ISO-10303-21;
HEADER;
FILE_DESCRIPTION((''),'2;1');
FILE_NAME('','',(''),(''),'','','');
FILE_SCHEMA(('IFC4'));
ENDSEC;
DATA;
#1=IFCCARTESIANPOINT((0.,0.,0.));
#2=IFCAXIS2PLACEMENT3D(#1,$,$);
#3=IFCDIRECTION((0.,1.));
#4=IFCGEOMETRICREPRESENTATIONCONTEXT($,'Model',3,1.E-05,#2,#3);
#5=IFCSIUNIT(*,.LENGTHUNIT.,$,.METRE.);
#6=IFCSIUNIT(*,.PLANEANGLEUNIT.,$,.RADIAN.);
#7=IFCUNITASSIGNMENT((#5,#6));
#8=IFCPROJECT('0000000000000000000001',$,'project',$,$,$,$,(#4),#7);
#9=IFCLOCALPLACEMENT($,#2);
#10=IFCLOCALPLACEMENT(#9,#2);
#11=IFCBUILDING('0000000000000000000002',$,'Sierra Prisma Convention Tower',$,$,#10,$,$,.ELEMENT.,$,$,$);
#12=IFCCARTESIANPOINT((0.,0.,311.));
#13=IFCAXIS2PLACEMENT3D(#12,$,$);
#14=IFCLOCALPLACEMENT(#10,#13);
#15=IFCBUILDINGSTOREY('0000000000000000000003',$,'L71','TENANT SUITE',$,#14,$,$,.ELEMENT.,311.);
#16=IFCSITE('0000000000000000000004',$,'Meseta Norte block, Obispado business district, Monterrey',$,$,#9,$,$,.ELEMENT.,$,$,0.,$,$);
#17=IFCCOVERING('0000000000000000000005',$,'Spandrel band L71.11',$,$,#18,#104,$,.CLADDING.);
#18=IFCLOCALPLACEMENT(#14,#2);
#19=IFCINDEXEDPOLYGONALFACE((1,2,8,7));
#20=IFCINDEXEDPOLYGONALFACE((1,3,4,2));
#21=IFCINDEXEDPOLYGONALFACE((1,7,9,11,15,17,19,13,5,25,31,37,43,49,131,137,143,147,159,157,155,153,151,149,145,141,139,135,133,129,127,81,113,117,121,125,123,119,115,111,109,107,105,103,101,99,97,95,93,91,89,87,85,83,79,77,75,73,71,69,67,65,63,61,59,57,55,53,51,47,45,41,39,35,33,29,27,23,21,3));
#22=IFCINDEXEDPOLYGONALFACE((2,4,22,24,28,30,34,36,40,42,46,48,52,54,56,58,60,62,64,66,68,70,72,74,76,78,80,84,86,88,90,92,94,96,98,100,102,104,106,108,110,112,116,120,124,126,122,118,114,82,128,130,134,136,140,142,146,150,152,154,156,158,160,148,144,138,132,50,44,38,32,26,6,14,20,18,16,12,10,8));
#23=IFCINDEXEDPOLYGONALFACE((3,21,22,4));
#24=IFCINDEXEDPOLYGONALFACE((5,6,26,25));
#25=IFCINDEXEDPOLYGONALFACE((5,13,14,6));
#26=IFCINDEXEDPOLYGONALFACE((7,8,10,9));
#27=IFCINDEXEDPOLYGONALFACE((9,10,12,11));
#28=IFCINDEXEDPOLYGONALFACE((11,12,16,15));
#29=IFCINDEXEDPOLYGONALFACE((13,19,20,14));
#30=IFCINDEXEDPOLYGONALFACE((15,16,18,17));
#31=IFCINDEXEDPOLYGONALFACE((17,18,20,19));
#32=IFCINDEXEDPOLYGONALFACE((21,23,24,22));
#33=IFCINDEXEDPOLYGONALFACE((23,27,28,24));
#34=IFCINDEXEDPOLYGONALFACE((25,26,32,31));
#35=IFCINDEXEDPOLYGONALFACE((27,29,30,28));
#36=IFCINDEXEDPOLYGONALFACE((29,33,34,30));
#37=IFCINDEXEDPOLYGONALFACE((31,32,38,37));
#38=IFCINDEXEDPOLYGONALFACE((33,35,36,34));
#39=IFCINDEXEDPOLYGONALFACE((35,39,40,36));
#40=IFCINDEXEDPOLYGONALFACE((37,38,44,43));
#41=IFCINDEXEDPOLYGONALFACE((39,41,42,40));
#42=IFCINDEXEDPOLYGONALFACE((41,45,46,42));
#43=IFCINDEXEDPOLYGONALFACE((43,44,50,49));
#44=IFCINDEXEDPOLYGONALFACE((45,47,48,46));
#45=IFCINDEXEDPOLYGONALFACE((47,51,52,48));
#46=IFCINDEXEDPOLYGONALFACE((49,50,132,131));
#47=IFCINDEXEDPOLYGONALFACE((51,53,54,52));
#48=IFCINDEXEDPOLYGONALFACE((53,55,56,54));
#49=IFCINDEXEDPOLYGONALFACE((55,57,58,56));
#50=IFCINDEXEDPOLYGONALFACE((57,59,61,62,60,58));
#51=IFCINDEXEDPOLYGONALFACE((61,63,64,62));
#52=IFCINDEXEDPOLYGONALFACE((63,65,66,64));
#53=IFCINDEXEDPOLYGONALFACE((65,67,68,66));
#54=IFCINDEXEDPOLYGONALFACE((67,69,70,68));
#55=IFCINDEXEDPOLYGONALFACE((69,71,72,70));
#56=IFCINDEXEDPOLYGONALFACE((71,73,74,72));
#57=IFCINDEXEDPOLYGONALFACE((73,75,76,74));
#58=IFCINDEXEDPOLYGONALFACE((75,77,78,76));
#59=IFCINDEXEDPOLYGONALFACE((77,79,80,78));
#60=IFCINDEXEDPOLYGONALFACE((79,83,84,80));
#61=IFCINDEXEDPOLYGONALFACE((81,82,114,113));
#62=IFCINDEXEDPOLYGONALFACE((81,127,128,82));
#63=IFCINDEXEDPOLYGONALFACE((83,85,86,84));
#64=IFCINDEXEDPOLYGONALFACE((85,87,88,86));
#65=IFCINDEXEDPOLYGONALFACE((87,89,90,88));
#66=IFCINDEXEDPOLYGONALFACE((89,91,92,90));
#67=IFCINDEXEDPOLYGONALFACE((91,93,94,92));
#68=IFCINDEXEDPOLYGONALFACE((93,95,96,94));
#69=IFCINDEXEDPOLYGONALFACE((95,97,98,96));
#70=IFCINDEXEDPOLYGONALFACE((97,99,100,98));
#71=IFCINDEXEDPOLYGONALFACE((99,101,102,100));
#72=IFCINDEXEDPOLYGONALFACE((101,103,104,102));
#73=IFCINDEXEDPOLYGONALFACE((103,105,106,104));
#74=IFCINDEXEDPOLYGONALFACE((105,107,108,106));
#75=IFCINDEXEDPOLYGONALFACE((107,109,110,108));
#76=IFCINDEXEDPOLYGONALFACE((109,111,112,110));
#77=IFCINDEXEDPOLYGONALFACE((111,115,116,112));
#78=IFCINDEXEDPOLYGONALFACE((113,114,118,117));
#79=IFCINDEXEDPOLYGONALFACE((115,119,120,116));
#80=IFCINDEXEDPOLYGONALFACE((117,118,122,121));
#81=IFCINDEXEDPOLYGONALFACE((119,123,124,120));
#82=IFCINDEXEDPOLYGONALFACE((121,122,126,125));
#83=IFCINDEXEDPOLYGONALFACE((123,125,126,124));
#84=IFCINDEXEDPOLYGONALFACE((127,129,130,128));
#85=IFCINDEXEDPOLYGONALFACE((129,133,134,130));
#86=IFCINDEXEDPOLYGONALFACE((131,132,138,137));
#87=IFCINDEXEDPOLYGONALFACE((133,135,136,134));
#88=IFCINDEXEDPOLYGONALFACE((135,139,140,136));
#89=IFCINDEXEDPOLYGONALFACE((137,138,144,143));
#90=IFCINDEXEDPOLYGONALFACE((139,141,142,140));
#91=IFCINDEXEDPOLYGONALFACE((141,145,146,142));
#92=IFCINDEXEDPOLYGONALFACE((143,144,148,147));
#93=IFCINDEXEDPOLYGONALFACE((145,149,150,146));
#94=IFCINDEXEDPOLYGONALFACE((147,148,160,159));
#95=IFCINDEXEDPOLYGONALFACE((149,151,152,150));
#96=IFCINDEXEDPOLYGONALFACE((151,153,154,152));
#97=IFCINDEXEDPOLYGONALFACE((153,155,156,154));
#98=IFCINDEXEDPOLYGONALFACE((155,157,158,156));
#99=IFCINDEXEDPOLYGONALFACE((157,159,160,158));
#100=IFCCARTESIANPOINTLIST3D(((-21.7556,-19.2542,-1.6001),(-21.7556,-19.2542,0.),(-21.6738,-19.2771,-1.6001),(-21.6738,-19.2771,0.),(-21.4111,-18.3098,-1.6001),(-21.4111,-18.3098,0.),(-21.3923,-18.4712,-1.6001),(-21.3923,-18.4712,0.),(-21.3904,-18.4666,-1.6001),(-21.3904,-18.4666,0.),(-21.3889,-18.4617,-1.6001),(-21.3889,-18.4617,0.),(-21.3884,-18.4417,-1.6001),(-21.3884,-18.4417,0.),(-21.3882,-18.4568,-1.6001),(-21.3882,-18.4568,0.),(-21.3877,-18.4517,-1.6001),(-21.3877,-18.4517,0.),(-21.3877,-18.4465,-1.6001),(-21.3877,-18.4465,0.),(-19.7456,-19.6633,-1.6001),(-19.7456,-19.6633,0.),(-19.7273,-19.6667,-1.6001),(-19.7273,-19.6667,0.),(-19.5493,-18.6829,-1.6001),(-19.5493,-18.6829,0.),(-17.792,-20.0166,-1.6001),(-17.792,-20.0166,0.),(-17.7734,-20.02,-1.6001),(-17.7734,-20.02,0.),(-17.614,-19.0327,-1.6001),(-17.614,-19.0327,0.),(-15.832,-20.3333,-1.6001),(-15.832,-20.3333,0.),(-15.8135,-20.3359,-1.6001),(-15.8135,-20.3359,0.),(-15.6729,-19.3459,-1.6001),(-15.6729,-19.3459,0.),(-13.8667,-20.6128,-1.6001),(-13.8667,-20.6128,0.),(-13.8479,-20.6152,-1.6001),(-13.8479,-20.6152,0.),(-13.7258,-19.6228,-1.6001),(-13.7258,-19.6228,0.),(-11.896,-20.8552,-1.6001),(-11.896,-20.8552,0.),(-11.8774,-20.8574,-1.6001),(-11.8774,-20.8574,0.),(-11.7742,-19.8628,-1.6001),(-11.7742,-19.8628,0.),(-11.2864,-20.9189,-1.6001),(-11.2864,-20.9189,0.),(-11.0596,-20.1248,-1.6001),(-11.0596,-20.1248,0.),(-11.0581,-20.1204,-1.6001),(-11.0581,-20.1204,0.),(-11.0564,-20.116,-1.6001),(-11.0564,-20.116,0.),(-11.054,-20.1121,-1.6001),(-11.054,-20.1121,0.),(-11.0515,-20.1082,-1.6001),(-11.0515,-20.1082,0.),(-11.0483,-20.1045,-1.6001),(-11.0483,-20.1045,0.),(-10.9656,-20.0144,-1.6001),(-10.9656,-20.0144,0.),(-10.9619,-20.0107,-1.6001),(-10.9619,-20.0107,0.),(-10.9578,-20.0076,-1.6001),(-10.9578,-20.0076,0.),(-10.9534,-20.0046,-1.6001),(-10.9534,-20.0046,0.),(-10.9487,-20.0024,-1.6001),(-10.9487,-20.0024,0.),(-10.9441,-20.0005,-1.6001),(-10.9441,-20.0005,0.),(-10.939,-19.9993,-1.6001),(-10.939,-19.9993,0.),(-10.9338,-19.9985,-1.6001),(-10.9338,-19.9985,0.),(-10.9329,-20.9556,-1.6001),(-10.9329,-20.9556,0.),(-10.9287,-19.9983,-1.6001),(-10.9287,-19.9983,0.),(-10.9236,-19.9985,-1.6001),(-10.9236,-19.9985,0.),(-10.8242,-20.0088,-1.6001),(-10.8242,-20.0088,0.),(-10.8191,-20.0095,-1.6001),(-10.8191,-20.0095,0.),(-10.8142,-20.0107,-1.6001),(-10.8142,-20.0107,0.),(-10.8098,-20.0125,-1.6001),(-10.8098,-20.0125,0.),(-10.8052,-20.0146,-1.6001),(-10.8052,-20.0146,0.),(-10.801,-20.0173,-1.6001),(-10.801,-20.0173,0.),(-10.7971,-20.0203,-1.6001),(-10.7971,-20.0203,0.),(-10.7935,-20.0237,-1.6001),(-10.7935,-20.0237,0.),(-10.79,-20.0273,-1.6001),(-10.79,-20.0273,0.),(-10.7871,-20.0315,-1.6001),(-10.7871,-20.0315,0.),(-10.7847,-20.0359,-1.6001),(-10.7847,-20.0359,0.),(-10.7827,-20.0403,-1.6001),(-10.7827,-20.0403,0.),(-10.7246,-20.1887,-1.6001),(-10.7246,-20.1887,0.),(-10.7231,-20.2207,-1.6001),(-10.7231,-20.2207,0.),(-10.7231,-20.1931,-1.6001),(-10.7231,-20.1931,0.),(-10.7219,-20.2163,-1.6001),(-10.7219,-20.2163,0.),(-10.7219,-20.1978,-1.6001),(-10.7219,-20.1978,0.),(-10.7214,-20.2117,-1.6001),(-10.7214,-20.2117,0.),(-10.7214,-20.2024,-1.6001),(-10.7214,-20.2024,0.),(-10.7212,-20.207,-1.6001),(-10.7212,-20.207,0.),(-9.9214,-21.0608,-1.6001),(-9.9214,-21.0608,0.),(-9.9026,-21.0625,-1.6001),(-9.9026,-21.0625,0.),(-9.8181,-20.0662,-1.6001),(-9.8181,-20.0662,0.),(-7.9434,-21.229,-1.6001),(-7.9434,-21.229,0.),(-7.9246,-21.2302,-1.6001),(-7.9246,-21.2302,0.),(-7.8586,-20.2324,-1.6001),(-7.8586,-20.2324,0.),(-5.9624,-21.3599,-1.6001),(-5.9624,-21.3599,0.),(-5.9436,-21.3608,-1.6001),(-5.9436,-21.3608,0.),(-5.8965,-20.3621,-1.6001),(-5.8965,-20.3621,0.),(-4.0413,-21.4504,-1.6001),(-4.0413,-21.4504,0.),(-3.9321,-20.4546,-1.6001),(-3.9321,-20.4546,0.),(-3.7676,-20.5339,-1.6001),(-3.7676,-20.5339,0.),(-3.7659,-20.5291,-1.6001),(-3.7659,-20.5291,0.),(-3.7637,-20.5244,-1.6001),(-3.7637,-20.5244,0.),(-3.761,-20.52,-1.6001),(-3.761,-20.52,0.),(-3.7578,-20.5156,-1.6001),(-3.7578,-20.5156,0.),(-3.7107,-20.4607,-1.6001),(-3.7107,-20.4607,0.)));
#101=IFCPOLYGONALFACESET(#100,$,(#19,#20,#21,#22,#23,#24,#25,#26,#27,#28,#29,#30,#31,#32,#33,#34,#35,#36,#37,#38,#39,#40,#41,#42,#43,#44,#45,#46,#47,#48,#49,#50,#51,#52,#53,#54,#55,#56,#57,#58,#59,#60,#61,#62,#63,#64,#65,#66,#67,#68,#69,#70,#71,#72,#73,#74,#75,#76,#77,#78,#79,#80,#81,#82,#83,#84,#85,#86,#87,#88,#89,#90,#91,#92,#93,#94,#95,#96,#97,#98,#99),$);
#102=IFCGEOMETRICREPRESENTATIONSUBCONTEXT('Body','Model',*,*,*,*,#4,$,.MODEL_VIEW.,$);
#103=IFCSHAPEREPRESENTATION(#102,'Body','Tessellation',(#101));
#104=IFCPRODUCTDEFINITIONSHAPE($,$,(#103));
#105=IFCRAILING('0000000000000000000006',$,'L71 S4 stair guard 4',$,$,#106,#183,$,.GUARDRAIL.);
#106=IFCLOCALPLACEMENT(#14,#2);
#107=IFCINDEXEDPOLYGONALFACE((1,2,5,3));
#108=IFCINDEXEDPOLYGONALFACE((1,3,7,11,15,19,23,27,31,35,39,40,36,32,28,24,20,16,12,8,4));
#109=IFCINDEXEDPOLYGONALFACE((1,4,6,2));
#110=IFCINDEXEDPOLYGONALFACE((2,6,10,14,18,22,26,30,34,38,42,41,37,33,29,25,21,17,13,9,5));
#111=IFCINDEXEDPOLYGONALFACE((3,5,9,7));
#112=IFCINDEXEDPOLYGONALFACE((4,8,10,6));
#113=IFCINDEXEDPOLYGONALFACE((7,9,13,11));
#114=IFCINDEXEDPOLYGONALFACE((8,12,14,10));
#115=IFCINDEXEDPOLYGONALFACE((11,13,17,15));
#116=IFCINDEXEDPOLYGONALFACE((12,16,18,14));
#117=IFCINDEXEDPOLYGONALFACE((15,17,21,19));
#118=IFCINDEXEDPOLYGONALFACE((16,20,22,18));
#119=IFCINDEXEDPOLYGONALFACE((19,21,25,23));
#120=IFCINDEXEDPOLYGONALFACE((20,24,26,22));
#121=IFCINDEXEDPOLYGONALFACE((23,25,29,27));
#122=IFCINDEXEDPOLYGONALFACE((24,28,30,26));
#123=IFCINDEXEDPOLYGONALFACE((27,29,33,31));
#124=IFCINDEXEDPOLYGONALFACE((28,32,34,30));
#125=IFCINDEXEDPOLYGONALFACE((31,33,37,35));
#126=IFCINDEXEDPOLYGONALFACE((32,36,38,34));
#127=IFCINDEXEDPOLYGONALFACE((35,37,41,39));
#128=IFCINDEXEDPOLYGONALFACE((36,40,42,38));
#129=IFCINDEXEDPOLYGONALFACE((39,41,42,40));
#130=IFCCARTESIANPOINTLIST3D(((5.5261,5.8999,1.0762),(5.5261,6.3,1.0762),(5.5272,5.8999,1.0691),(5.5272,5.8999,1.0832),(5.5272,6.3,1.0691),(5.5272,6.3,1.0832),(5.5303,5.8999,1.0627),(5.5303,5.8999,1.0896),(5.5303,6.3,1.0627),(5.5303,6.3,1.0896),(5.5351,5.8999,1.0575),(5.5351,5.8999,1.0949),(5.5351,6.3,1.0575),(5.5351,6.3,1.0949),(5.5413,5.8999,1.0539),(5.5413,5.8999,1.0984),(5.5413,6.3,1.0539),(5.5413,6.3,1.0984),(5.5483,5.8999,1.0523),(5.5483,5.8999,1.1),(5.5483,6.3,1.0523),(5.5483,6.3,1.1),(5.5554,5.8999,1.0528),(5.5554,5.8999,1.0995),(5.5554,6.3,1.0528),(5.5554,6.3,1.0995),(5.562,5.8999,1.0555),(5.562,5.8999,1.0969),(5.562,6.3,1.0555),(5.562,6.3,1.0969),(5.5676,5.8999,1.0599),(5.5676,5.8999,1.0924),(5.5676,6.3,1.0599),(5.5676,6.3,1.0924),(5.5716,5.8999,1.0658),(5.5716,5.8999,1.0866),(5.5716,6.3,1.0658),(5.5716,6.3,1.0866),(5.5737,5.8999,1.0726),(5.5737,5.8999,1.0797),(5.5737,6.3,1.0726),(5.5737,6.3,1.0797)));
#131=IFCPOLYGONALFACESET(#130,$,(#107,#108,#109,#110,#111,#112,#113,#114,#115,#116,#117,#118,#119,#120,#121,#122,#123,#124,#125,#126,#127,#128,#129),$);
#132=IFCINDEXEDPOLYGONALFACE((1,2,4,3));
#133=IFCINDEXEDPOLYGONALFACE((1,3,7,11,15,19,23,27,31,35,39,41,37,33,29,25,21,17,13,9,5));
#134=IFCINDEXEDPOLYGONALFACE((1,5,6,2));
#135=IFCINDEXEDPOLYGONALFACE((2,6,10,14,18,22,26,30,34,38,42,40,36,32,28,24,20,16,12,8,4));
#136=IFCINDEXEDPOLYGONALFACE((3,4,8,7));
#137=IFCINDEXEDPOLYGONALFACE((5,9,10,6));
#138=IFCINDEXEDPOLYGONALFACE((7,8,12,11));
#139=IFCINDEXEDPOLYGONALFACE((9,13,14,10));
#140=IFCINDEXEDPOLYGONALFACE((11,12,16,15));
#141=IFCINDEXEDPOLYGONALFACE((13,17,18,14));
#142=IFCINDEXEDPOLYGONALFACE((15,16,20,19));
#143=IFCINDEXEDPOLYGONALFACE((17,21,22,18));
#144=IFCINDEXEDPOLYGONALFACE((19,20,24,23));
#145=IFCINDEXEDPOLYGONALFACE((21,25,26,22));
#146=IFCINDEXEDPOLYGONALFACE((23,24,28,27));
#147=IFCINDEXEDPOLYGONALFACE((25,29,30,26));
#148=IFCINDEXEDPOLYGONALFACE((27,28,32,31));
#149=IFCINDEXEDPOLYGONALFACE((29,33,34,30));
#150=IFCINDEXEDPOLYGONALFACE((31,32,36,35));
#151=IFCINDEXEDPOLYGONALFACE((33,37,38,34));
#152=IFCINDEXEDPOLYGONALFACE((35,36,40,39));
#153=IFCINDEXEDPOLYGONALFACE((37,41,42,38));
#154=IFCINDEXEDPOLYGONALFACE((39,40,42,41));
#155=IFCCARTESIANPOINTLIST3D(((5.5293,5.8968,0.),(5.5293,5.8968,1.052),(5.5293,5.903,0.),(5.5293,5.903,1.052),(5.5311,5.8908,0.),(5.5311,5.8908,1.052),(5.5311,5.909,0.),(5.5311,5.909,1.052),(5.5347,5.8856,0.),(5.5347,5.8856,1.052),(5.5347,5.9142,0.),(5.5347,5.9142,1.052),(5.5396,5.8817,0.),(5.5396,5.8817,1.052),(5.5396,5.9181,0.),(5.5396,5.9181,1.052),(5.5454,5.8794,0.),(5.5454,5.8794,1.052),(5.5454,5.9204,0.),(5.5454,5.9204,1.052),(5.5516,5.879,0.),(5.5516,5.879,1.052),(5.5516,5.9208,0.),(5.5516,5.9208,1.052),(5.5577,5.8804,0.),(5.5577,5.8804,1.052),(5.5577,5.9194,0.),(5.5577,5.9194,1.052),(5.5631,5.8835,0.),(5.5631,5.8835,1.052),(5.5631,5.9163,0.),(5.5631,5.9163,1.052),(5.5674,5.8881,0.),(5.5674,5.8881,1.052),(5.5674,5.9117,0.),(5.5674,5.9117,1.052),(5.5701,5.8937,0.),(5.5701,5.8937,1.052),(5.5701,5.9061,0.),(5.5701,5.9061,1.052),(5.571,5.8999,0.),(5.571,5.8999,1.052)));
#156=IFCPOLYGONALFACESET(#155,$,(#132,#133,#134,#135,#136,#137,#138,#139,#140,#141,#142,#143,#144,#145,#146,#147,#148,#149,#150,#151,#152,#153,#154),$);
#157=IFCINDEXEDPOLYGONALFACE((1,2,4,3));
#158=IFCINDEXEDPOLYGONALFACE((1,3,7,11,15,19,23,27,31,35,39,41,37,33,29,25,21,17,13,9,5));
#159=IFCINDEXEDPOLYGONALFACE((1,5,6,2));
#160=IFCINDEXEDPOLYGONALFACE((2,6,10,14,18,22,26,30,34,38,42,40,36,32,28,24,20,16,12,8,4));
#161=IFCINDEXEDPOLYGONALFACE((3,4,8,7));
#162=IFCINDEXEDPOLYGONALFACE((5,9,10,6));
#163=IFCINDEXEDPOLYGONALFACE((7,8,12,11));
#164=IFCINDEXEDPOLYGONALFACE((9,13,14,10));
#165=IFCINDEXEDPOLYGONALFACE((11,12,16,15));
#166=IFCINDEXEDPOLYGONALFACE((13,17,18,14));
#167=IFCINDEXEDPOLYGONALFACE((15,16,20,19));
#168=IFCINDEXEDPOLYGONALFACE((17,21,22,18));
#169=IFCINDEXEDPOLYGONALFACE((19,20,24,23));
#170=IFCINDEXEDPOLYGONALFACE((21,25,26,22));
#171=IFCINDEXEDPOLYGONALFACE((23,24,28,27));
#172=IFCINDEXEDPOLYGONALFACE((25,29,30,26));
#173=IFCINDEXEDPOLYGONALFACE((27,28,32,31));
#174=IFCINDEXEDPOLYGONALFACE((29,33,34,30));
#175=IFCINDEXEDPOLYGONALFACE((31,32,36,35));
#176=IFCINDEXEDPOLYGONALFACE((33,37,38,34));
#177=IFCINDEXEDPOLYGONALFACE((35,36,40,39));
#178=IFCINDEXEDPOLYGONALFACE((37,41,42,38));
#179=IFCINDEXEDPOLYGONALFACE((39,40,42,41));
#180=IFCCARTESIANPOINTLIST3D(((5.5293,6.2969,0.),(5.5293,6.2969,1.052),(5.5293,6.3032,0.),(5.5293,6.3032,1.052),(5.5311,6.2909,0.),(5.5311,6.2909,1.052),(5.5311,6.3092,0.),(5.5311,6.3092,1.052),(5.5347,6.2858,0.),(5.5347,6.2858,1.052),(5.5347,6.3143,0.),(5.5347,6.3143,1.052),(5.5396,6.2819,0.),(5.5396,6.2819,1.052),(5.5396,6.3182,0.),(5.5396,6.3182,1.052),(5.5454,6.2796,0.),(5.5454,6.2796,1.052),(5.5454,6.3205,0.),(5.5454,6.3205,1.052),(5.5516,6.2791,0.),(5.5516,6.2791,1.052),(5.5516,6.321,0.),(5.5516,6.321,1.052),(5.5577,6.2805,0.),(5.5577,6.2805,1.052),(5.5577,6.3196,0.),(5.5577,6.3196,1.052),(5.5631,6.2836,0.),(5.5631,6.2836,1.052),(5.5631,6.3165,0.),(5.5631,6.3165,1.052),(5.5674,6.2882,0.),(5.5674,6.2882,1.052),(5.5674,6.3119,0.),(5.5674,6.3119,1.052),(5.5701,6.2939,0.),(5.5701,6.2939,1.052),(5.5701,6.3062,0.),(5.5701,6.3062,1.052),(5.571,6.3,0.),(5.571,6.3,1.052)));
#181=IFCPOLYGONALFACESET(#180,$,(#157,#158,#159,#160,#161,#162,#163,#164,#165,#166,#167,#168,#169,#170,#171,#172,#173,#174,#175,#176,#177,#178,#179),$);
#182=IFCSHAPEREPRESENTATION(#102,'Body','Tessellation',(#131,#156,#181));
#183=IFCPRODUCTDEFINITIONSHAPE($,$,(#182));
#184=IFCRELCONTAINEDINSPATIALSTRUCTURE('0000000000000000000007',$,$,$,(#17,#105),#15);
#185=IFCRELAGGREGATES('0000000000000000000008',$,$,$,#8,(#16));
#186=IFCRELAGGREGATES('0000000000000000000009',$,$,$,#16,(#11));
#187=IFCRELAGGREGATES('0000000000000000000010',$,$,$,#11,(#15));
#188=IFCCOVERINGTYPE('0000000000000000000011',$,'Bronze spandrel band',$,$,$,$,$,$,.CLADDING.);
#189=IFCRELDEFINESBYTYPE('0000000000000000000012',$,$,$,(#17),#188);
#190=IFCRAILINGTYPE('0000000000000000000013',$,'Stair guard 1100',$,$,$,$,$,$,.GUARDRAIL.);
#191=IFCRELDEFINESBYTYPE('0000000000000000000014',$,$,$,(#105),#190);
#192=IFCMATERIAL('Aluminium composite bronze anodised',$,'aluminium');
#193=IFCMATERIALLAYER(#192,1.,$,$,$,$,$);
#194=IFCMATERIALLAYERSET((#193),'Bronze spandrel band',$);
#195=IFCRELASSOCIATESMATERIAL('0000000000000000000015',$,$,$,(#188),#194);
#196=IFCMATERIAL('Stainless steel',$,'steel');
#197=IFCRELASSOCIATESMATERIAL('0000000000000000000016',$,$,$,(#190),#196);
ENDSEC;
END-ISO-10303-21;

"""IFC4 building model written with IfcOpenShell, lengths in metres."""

from ifc_helpers import new_model, si_unit, direction, frame, origin, origin_2d, place, context, subcontext, project, spatial, polyline, circle, outline, extrude, material, layer, layer_set, type_object, element, save


model = new_model("IFC4")

# Units and contexts
model_context = context("Model", 3, precision=1e-05, world=origin(), true_north=direction((0.0, 1.0)))
body_context = subcontext(model_context, "Body", "Model", "MODEL_VIEW")
ifc_project = project(units=[si_unit("LENGTHUNIT", "METRE"), si_unit("PLANEANGLEUNIT", "RADIAN")], contexts=[model_context])

# Site, building, storey
site_placement = place(None, origin())
site = spatial("IfcSite", under=ifc_project, at=site_placement, Name="Meseta Norte block, Obispado business district, Monterrey", CompositionType="ELEMENT", RefElevation=0.0)
building_placement = place(site_placement, origin())
building = spatial("IfcBuilding", under=site, at=building_placement, Name="Sierra Prisma Convention Tower", CompositionType="ELEMENT")
storey_placement = place(building_placement, frame((0.0, 0.0, 311.0)))
storey = spatial("IfcBuildingStorey", under=building, at=storey_placement, Name="L71", Description="TENANT SUITE", CompositionType="ELEMENT", Elevation=311.0)

# Covering
ifc_material_1 = material(Name="Aluminium composite bronze anodised", Category="aluminium")
ifc_layer_1 = layer(ifc_material_1, 1.0)
ifc_layer_set_1 = layer_set([ifc_layer_1], Name="Bronze spandrel band")
covering_type_1 = type_object("IfcCoveringType", Name="Bronze spandrel band", PredefinedType="CLADDING", material=ifc_layer_set_1)
covering_1_placement = place(storey_placement, frame((0.0, 0.0, -1.6001)))
element("IfcCovering", 1, at=covering_1_placement, inside=storey, type_object=covering_type_1, Name="Spandrel band L71.11", PredefinedType="CLADDING", context=body_context, shape_type="SweptSolid", body=[
    extrude(outline(polyline([(-10.79, -20.0273), (-10.7935, -20.0237), (-10.7971, -20.0203), (-10.801, -20.0173), (-10.8052, -20.0146), (-10.8098, -20.0125), (-10.8142, -20.0107), (-10.8191, -20.0095), (-10.8242, -20.0088), (-10.9236, -19.9985), (-10.9287, -19.9983), (-10.9338, -19.9985), (-10.939, -19.9993), (-10.9441, -20.0005), (-10.9487, -20.0024), (-10.9534, -20.0046), (-10.9578, -20.0076), (-10.9619, -20.0107), (-10.9656, -20.0144), (-11.0483, -20.1045), (-11.0515, -20.1082), (-11.054, -20.1121), (-11.0564, -20.116), (-11.0581, -20.1204), (-11.0596, -20.1248), (-11.2864, -20.9189), (-11.8774, -20.8574), (-11.896, -20.8552), (-13.8479, -20.6152), (-13.8667, -20.6128), (-15.8135, -20.3359), (-15.832, -20.3333), (-17.7734, -20.02), (-17.792, -20.0166), (-19.7273, -19.6667), (-19.7456, -19.6633), (-21.6738, -19.2771), (-21.7556, -19.2542), (-21.3923, -18.4712), (-21.3904, -18.4666), (-21.3889, -18.4617), (-21.3882, -18.4568), (-21.3877, -18.4517), (-21.3877, -18.4465), (-21.3884, -18.4417), (-21.4111, -18.3098), (-19.5493, -18.6829), (-17.614, -19.0327), (-15.6729, -19.3459), (-13.7258, -19.6228), (-11.7742, -19.8628), (-9.8181, -20.0662), (-7.8586, -20.2324), (-5.8965, -20.3621), (-3.9321, -20.4546), (-3.7107, -20.4607), (-3.7578, -20.5156), (-3.761, -20.52), (-3.7637, -20.5244), (-3.7659, -20.5291), (-3.7676, -20.5339), (-4.0413, -21.4504), (-5.9436, -21.3608), (-5.9624, -21.3599), (-7.9246, -21.2302), (-7.9434, -21.229), (-9.9026, -21.0625), (-9.9214, -21.0608), (-10.9329, -20.9556), (-10.7231, -20.2207), (-10.7219, -20.2163), (-10.7214, -20.2117), (-10.7212, -20.207), (-10.7214, -20.2024), (-10.7219, -20.1978), (-10.7231, -20.1931), (-10.7246, -20.1887), (-10.7827, -20.0403), (-10.7847, -20.0359), (-10.7871, -20.0315), (-10.79, -20.0273)])), origin(), (0.0, 0.0, 1.0), 1.6001),
])

# Railing
ifc_material_2 = material(Name="Stainless steel", Category="steel")
railing_type = type_object("IfcRailingType", Name="Stair guard 1100", PredefinedType="GUARDRAIL", material=ifc_material_2)
railing_placement = place(storey_placement, frame((5.55, 5.8999, 0.0)))
element("IfcRailing", 2, at=railing_placement, inside=storey, type_object=railing_type, Name="L71 S4 stair guard 4", PredefinedType="GUARDRAIL", context=body_context, shape_type="SweptSolid", body=[
    extrude(circle(Radius=0.0239, at=origin_2d()), frame((0.0, 0.0, 1.0762), z_axis=(0.0, 1.0, 0.0), x_axis=(-1.0, 0.0, 0.0)), (0.0, 0.0, 1.0), 0.4001),
    extrude(circle(Radius=0.021, at=origin_2d()), origin(), (0.0, 0.0, 1.0), 1.052),
    extrude(circle(Radius=0.021, at=origin_2d()), frame((0.0, 0.4001, 0.0)), (0.0, 0.0, 1.0), 1.052),
])

save(model, "model.ifc")
